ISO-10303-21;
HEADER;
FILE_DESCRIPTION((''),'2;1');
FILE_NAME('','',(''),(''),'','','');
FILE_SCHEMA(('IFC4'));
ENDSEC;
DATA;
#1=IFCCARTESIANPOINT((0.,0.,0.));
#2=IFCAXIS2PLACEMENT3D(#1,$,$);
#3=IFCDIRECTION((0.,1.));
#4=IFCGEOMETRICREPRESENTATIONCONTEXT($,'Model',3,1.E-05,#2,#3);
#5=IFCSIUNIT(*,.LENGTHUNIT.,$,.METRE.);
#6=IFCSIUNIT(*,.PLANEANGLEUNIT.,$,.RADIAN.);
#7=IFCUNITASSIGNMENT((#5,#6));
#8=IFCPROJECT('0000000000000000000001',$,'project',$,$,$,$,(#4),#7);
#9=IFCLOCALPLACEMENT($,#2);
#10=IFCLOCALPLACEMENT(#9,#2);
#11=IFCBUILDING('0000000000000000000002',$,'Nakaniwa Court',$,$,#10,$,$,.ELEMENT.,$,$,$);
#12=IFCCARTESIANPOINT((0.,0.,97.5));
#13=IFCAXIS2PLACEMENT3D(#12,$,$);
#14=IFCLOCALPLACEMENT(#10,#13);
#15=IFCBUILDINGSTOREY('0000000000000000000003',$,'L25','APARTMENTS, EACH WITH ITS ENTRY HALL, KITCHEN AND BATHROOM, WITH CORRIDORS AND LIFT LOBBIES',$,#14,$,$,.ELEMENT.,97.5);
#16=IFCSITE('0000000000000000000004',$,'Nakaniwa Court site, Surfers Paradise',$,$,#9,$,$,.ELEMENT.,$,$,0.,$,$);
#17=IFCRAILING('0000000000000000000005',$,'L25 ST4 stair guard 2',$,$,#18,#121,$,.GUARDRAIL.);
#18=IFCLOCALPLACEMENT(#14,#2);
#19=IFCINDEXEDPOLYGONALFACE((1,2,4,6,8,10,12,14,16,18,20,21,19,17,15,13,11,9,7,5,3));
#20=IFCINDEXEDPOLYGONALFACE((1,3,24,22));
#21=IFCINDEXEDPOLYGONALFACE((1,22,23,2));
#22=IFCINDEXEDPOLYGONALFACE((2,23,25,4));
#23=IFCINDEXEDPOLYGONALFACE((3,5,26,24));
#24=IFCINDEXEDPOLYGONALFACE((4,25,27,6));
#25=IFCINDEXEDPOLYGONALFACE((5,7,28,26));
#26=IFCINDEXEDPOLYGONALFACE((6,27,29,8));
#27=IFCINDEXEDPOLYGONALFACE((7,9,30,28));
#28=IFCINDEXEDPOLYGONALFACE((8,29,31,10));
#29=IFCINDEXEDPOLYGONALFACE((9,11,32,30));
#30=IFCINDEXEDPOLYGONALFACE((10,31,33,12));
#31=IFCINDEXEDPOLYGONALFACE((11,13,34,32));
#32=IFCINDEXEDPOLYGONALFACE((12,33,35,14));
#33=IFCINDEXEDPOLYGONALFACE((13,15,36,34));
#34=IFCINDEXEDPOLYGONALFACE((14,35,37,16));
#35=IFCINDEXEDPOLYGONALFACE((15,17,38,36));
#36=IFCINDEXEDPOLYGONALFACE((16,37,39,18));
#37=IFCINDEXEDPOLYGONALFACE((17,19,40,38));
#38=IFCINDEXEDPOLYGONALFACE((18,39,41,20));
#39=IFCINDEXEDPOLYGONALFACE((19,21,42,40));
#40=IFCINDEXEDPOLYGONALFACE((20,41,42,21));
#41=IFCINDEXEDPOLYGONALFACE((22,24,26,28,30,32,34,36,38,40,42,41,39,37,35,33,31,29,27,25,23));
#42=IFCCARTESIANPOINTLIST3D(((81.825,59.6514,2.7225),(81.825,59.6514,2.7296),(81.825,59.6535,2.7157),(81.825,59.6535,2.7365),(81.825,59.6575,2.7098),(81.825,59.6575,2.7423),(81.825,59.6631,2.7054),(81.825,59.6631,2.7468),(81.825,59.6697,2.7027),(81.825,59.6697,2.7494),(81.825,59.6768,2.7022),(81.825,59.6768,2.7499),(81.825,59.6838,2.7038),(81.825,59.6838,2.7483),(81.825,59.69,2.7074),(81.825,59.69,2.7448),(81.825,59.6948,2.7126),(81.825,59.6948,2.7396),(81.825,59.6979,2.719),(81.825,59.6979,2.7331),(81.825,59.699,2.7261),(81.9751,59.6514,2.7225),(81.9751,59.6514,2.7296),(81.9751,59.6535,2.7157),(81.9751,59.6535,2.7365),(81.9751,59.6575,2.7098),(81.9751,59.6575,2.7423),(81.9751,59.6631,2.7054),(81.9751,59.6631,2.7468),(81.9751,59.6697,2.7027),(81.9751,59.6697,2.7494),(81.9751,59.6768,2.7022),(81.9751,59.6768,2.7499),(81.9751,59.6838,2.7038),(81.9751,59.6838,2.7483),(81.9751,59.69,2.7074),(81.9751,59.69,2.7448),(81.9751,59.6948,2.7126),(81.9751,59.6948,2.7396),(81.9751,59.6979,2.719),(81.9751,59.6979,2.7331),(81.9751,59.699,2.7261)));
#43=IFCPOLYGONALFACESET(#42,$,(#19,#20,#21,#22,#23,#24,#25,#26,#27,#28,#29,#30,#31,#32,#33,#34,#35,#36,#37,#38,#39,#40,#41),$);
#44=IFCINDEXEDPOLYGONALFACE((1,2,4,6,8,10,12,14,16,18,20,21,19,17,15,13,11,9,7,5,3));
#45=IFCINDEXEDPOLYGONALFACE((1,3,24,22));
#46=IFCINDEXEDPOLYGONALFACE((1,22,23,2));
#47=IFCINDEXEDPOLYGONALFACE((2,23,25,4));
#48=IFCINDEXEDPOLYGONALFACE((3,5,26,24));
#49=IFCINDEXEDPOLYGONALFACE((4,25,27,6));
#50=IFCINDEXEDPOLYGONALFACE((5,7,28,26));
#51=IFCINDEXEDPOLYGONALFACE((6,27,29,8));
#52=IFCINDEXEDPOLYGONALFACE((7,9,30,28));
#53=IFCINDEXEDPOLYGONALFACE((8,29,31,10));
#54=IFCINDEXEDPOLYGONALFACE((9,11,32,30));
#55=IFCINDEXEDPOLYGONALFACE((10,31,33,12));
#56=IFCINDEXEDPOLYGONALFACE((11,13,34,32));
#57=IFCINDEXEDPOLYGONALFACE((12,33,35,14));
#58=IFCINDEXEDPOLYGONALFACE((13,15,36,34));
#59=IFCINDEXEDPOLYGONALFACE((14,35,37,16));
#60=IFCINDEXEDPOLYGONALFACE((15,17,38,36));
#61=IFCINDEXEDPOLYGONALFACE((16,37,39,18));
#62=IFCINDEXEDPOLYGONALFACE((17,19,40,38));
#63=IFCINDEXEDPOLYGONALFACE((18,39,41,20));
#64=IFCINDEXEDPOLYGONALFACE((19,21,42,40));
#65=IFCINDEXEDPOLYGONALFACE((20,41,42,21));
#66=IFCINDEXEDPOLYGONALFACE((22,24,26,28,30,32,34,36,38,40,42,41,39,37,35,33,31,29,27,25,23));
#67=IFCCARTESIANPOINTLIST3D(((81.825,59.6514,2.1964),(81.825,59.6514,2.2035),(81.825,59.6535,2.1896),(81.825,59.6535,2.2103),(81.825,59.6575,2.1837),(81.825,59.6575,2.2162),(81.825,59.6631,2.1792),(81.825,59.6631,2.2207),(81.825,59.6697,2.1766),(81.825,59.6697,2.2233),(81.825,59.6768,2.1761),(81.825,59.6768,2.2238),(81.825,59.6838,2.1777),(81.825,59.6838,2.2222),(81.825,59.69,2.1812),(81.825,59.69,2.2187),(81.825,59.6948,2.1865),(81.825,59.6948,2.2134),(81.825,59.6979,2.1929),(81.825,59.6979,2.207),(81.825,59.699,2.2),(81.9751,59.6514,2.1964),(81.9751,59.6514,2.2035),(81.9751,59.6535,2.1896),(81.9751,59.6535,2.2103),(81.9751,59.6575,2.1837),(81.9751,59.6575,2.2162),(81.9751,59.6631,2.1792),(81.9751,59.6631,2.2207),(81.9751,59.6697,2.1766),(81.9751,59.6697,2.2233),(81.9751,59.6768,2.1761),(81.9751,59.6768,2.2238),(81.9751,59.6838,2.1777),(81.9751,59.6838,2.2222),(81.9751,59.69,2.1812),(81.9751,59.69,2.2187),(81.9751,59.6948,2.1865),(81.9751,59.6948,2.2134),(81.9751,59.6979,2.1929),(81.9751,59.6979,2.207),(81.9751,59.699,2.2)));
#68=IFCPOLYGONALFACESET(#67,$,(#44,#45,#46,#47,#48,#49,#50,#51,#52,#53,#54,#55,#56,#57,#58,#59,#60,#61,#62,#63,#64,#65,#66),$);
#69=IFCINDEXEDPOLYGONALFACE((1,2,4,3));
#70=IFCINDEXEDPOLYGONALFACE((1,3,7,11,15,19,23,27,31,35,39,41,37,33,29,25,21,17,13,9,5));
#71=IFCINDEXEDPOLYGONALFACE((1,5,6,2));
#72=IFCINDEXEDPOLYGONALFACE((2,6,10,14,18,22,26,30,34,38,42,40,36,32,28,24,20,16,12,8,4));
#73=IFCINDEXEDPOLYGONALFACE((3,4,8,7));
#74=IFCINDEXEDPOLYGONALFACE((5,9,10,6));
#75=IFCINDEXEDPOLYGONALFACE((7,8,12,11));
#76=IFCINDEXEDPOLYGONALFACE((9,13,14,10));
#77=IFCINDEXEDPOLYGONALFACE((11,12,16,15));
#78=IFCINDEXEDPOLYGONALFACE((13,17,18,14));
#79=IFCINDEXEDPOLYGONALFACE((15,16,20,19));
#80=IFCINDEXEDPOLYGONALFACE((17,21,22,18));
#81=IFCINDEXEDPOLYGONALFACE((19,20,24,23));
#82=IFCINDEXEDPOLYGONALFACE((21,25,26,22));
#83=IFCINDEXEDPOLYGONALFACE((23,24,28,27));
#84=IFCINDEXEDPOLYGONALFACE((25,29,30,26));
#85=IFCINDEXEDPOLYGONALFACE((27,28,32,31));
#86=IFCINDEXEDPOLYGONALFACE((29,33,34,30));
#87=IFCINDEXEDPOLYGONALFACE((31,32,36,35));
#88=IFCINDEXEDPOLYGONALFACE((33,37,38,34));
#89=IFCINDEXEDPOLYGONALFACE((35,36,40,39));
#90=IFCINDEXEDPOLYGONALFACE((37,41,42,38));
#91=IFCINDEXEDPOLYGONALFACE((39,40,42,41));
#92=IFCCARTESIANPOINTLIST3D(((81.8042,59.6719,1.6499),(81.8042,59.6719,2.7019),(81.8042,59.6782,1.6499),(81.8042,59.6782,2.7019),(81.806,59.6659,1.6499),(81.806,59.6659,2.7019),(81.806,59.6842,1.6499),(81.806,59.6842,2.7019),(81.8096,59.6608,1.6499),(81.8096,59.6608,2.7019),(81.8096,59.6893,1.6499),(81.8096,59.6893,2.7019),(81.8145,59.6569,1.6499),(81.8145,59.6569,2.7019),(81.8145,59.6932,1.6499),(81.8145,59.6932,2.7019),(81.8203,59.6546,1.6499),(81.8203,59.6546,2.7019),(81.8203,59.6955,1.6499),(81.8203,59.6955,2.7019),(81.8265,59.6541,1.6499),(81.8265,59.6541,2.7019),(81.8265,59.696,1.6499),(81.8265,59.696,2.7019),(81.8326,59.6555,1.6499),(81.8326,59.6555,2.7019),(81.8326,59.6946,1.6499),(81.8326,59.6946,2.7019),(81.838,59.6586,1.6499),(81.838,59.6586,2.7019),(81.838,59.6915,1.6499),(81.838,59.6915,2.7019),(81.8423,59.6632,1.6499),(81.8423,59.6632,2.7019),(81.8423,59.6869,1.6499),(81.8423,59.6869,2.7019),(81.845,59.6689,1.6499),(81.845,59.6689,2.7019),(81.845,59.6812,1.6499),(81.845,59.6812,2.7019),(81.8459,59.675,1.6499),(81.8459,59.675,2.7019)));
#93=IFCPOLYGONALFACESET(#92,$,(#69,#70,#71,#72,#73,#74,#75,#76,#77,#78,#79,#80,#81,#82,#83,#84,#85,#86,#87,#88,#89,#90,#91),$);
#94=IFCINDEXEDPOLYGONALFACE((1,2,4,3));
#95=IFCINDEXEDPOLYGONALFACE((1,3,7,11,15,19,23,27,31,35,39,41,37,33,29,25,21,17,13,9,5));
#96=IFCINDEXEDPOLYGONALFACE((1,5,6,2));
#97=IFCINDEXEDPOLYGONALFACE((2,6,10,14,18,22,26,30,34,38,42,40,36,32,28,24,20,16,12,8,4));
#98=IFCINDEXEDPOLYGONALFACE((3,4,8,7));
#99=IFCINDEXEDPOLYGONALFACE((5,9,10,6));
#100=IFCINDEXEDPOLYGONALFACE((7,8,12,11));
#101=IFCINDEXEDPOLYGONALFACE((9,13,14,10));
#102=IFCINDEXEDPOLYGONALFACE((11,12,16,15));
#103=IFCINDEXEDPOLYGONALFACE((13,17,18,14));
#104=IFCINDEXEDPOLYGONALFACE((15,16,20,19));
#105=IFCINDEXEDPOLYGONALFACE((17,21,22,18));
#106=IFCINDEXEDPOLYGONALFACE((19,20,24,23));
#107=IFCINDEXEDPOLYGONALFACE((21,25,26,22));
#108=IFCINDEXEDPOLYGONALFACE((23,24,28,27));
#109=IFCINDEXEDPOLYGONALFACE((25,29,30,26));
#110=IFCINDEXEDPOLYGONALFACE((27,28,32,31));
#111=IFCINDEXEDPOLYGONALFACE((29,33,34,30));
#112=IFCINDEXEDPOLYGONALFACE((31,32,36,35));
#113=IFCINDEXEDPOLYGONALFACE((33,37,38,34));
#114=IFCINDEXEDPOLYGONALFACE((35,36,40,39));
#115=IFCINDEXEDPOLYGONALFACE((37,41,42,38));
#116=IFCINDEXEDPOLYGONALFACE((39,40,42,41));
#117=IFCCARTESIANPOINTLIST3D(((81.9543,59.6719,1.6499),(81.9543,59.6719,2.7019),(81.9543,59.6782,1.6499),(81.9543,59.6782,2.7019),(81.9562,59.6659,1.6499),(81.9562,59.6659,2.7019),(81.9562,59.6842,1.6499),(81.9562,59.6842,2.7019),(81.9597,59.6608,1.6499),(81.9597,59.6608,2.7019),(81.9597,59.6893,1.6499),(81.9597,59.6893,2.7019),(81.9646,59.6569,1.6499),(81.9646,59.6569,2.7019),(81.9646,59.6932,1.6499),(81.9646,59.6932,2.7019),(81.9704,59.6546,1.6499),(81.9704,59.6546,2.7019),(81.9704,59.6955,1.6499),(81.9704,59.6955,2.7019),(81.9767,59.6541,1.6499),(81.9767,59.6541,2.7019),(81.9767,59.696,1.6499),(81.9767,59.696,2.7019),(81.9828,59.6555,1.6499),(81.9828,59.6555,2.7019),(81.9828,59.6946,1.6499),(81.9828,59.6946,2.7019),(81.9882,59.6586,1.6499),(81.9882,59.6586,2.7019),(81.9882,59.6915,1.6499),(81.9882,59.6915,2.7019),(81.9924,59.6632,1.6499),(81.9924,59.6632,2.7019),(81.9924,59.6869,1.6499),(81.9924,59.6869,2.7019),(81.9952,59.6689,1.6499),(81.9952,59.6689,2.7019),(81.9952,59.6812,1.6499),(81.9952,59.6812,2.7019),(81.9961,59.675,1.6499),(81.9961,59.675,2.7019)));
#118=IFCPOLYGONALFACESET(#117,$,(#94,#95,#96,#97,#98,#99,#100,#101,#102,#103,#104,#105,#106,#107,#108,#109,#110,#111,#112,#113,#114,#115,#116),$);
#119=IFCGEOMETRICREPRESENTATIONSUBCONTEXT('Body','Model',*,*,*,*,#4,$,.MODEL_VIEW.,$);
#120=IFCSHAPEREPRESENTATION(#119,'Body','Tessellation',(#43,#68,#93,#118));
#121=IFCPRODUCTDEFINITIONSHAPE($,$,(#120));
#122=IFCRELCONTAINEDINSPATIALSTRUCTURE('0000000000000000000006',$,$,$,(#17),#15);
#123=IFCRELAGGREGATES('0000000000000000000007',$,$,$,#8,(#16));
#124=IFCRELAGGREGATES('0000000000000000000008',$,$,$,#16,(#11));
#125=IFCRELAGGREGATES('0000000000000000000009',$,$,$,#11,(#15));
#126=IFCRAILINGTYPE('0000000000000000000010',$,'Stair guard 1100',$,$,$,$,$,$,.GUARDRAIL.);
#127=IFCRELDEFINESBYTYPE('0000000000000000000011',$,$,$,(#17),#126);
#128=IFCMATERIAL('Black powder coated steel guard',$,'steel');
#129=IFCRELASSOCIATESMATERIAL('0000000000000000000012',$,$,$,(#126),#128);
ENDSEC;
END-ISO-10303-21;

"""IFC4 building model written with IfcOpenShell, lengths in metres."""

from ifc_helpers import new_model, si_unit, direction, frame, origin, origin_2d, place, context, subcontext, project, spatial, circle, extrude, material, type_object, element, save


model = new_model("IFC4")

# Units and contexts
model_context = context("Model", 3, precision=1e-05, world=origin(), true_north=direction((0.0, 1.0)))
body_context = subcontext(model_context, "Body", "Model", "MODEL_VIEW")
ifc_project = project(units=[si_unit("LENGTHUNIT", "METRE"), si_unit("PLANEANGLEUNIT", "RADIAN")], contexts=[model_context])

# Site, building, storey
site_placement = place(None, origin())
site = spatial("IfcSite", under=ifc_project, at=site_placement, Name="Nakaniwa Court site, Surfers Paradise", CompositionType="ELEMENT", RefElevation=0.0)
building_placement = place(site_placement, origin())
building = spatial("IfcBuilding", under=site, at=building_placement, Name="Nakaniwa Court", CompositionType="ELEMENT")
storey_placement = place(building_placement, frame((0.0, 0.0, 97.5)))
storey = spatial("IfcBuildingStorey", under=building, at=storey_placement, Name="L25", Description="APARTMENTS, EACH WITH ITS ENTRY HALL, KITCHEN AND BATHROOM, WITH CORRIDORS AND LIFT LOBBIES", CompositionType="ELEMENT", Elevation=97.5)

# Railing
ifc_material_1 = material(Name="Black powder coated steel guard", Category="steel")
railing_type_1 = type_object("IfcRailingType", Name="Stair guard 1100", PredefinedType="GUARDRAIL", material=ifc_material_1)
railing_1_placement = place(storey_placement, frame((81.825, 59.675, 1.6499)))
element("IfcRailing", 1, at=railing_1_placement, inside=storey, type_object=railing_type_1, Name="L25 ST4 stair guard 2", PredefinedType="GUARDRAIL", context=body_context, shape_type="SweptSolid", body=[
    extrude(circle(Radius=0.0239, at=origin_2d()), frame((0.0, 0.0, 1.0762), z_axis=(1.0, 0.0, 0.0), x_axis=(0.0, 1.0, 0.0)), (0.0, 0.0, 1.0), 0.1501),
    extrude(circle(Radius=0.0239, at=origin_2d()), frame((0.0, 0.0, 0.55), z_axis=(1.0, 0.0, 0.0), x_axis=(0.0, 1.0, 0.0)), (0.0, 0.0, 1.0), 0.1501),
    extrude(circle(Radius=0.021, at=origin_2d()), origin(), (0.0, 0.0, 1.0), 1.052),
    extrude(circle(Radius=0.021, at=origin_2d()), frame((0.1501, 0.0, 0.0)), (0.0, 0.0, 1.0), 1.052),
])

save(model, "model.ifc")
